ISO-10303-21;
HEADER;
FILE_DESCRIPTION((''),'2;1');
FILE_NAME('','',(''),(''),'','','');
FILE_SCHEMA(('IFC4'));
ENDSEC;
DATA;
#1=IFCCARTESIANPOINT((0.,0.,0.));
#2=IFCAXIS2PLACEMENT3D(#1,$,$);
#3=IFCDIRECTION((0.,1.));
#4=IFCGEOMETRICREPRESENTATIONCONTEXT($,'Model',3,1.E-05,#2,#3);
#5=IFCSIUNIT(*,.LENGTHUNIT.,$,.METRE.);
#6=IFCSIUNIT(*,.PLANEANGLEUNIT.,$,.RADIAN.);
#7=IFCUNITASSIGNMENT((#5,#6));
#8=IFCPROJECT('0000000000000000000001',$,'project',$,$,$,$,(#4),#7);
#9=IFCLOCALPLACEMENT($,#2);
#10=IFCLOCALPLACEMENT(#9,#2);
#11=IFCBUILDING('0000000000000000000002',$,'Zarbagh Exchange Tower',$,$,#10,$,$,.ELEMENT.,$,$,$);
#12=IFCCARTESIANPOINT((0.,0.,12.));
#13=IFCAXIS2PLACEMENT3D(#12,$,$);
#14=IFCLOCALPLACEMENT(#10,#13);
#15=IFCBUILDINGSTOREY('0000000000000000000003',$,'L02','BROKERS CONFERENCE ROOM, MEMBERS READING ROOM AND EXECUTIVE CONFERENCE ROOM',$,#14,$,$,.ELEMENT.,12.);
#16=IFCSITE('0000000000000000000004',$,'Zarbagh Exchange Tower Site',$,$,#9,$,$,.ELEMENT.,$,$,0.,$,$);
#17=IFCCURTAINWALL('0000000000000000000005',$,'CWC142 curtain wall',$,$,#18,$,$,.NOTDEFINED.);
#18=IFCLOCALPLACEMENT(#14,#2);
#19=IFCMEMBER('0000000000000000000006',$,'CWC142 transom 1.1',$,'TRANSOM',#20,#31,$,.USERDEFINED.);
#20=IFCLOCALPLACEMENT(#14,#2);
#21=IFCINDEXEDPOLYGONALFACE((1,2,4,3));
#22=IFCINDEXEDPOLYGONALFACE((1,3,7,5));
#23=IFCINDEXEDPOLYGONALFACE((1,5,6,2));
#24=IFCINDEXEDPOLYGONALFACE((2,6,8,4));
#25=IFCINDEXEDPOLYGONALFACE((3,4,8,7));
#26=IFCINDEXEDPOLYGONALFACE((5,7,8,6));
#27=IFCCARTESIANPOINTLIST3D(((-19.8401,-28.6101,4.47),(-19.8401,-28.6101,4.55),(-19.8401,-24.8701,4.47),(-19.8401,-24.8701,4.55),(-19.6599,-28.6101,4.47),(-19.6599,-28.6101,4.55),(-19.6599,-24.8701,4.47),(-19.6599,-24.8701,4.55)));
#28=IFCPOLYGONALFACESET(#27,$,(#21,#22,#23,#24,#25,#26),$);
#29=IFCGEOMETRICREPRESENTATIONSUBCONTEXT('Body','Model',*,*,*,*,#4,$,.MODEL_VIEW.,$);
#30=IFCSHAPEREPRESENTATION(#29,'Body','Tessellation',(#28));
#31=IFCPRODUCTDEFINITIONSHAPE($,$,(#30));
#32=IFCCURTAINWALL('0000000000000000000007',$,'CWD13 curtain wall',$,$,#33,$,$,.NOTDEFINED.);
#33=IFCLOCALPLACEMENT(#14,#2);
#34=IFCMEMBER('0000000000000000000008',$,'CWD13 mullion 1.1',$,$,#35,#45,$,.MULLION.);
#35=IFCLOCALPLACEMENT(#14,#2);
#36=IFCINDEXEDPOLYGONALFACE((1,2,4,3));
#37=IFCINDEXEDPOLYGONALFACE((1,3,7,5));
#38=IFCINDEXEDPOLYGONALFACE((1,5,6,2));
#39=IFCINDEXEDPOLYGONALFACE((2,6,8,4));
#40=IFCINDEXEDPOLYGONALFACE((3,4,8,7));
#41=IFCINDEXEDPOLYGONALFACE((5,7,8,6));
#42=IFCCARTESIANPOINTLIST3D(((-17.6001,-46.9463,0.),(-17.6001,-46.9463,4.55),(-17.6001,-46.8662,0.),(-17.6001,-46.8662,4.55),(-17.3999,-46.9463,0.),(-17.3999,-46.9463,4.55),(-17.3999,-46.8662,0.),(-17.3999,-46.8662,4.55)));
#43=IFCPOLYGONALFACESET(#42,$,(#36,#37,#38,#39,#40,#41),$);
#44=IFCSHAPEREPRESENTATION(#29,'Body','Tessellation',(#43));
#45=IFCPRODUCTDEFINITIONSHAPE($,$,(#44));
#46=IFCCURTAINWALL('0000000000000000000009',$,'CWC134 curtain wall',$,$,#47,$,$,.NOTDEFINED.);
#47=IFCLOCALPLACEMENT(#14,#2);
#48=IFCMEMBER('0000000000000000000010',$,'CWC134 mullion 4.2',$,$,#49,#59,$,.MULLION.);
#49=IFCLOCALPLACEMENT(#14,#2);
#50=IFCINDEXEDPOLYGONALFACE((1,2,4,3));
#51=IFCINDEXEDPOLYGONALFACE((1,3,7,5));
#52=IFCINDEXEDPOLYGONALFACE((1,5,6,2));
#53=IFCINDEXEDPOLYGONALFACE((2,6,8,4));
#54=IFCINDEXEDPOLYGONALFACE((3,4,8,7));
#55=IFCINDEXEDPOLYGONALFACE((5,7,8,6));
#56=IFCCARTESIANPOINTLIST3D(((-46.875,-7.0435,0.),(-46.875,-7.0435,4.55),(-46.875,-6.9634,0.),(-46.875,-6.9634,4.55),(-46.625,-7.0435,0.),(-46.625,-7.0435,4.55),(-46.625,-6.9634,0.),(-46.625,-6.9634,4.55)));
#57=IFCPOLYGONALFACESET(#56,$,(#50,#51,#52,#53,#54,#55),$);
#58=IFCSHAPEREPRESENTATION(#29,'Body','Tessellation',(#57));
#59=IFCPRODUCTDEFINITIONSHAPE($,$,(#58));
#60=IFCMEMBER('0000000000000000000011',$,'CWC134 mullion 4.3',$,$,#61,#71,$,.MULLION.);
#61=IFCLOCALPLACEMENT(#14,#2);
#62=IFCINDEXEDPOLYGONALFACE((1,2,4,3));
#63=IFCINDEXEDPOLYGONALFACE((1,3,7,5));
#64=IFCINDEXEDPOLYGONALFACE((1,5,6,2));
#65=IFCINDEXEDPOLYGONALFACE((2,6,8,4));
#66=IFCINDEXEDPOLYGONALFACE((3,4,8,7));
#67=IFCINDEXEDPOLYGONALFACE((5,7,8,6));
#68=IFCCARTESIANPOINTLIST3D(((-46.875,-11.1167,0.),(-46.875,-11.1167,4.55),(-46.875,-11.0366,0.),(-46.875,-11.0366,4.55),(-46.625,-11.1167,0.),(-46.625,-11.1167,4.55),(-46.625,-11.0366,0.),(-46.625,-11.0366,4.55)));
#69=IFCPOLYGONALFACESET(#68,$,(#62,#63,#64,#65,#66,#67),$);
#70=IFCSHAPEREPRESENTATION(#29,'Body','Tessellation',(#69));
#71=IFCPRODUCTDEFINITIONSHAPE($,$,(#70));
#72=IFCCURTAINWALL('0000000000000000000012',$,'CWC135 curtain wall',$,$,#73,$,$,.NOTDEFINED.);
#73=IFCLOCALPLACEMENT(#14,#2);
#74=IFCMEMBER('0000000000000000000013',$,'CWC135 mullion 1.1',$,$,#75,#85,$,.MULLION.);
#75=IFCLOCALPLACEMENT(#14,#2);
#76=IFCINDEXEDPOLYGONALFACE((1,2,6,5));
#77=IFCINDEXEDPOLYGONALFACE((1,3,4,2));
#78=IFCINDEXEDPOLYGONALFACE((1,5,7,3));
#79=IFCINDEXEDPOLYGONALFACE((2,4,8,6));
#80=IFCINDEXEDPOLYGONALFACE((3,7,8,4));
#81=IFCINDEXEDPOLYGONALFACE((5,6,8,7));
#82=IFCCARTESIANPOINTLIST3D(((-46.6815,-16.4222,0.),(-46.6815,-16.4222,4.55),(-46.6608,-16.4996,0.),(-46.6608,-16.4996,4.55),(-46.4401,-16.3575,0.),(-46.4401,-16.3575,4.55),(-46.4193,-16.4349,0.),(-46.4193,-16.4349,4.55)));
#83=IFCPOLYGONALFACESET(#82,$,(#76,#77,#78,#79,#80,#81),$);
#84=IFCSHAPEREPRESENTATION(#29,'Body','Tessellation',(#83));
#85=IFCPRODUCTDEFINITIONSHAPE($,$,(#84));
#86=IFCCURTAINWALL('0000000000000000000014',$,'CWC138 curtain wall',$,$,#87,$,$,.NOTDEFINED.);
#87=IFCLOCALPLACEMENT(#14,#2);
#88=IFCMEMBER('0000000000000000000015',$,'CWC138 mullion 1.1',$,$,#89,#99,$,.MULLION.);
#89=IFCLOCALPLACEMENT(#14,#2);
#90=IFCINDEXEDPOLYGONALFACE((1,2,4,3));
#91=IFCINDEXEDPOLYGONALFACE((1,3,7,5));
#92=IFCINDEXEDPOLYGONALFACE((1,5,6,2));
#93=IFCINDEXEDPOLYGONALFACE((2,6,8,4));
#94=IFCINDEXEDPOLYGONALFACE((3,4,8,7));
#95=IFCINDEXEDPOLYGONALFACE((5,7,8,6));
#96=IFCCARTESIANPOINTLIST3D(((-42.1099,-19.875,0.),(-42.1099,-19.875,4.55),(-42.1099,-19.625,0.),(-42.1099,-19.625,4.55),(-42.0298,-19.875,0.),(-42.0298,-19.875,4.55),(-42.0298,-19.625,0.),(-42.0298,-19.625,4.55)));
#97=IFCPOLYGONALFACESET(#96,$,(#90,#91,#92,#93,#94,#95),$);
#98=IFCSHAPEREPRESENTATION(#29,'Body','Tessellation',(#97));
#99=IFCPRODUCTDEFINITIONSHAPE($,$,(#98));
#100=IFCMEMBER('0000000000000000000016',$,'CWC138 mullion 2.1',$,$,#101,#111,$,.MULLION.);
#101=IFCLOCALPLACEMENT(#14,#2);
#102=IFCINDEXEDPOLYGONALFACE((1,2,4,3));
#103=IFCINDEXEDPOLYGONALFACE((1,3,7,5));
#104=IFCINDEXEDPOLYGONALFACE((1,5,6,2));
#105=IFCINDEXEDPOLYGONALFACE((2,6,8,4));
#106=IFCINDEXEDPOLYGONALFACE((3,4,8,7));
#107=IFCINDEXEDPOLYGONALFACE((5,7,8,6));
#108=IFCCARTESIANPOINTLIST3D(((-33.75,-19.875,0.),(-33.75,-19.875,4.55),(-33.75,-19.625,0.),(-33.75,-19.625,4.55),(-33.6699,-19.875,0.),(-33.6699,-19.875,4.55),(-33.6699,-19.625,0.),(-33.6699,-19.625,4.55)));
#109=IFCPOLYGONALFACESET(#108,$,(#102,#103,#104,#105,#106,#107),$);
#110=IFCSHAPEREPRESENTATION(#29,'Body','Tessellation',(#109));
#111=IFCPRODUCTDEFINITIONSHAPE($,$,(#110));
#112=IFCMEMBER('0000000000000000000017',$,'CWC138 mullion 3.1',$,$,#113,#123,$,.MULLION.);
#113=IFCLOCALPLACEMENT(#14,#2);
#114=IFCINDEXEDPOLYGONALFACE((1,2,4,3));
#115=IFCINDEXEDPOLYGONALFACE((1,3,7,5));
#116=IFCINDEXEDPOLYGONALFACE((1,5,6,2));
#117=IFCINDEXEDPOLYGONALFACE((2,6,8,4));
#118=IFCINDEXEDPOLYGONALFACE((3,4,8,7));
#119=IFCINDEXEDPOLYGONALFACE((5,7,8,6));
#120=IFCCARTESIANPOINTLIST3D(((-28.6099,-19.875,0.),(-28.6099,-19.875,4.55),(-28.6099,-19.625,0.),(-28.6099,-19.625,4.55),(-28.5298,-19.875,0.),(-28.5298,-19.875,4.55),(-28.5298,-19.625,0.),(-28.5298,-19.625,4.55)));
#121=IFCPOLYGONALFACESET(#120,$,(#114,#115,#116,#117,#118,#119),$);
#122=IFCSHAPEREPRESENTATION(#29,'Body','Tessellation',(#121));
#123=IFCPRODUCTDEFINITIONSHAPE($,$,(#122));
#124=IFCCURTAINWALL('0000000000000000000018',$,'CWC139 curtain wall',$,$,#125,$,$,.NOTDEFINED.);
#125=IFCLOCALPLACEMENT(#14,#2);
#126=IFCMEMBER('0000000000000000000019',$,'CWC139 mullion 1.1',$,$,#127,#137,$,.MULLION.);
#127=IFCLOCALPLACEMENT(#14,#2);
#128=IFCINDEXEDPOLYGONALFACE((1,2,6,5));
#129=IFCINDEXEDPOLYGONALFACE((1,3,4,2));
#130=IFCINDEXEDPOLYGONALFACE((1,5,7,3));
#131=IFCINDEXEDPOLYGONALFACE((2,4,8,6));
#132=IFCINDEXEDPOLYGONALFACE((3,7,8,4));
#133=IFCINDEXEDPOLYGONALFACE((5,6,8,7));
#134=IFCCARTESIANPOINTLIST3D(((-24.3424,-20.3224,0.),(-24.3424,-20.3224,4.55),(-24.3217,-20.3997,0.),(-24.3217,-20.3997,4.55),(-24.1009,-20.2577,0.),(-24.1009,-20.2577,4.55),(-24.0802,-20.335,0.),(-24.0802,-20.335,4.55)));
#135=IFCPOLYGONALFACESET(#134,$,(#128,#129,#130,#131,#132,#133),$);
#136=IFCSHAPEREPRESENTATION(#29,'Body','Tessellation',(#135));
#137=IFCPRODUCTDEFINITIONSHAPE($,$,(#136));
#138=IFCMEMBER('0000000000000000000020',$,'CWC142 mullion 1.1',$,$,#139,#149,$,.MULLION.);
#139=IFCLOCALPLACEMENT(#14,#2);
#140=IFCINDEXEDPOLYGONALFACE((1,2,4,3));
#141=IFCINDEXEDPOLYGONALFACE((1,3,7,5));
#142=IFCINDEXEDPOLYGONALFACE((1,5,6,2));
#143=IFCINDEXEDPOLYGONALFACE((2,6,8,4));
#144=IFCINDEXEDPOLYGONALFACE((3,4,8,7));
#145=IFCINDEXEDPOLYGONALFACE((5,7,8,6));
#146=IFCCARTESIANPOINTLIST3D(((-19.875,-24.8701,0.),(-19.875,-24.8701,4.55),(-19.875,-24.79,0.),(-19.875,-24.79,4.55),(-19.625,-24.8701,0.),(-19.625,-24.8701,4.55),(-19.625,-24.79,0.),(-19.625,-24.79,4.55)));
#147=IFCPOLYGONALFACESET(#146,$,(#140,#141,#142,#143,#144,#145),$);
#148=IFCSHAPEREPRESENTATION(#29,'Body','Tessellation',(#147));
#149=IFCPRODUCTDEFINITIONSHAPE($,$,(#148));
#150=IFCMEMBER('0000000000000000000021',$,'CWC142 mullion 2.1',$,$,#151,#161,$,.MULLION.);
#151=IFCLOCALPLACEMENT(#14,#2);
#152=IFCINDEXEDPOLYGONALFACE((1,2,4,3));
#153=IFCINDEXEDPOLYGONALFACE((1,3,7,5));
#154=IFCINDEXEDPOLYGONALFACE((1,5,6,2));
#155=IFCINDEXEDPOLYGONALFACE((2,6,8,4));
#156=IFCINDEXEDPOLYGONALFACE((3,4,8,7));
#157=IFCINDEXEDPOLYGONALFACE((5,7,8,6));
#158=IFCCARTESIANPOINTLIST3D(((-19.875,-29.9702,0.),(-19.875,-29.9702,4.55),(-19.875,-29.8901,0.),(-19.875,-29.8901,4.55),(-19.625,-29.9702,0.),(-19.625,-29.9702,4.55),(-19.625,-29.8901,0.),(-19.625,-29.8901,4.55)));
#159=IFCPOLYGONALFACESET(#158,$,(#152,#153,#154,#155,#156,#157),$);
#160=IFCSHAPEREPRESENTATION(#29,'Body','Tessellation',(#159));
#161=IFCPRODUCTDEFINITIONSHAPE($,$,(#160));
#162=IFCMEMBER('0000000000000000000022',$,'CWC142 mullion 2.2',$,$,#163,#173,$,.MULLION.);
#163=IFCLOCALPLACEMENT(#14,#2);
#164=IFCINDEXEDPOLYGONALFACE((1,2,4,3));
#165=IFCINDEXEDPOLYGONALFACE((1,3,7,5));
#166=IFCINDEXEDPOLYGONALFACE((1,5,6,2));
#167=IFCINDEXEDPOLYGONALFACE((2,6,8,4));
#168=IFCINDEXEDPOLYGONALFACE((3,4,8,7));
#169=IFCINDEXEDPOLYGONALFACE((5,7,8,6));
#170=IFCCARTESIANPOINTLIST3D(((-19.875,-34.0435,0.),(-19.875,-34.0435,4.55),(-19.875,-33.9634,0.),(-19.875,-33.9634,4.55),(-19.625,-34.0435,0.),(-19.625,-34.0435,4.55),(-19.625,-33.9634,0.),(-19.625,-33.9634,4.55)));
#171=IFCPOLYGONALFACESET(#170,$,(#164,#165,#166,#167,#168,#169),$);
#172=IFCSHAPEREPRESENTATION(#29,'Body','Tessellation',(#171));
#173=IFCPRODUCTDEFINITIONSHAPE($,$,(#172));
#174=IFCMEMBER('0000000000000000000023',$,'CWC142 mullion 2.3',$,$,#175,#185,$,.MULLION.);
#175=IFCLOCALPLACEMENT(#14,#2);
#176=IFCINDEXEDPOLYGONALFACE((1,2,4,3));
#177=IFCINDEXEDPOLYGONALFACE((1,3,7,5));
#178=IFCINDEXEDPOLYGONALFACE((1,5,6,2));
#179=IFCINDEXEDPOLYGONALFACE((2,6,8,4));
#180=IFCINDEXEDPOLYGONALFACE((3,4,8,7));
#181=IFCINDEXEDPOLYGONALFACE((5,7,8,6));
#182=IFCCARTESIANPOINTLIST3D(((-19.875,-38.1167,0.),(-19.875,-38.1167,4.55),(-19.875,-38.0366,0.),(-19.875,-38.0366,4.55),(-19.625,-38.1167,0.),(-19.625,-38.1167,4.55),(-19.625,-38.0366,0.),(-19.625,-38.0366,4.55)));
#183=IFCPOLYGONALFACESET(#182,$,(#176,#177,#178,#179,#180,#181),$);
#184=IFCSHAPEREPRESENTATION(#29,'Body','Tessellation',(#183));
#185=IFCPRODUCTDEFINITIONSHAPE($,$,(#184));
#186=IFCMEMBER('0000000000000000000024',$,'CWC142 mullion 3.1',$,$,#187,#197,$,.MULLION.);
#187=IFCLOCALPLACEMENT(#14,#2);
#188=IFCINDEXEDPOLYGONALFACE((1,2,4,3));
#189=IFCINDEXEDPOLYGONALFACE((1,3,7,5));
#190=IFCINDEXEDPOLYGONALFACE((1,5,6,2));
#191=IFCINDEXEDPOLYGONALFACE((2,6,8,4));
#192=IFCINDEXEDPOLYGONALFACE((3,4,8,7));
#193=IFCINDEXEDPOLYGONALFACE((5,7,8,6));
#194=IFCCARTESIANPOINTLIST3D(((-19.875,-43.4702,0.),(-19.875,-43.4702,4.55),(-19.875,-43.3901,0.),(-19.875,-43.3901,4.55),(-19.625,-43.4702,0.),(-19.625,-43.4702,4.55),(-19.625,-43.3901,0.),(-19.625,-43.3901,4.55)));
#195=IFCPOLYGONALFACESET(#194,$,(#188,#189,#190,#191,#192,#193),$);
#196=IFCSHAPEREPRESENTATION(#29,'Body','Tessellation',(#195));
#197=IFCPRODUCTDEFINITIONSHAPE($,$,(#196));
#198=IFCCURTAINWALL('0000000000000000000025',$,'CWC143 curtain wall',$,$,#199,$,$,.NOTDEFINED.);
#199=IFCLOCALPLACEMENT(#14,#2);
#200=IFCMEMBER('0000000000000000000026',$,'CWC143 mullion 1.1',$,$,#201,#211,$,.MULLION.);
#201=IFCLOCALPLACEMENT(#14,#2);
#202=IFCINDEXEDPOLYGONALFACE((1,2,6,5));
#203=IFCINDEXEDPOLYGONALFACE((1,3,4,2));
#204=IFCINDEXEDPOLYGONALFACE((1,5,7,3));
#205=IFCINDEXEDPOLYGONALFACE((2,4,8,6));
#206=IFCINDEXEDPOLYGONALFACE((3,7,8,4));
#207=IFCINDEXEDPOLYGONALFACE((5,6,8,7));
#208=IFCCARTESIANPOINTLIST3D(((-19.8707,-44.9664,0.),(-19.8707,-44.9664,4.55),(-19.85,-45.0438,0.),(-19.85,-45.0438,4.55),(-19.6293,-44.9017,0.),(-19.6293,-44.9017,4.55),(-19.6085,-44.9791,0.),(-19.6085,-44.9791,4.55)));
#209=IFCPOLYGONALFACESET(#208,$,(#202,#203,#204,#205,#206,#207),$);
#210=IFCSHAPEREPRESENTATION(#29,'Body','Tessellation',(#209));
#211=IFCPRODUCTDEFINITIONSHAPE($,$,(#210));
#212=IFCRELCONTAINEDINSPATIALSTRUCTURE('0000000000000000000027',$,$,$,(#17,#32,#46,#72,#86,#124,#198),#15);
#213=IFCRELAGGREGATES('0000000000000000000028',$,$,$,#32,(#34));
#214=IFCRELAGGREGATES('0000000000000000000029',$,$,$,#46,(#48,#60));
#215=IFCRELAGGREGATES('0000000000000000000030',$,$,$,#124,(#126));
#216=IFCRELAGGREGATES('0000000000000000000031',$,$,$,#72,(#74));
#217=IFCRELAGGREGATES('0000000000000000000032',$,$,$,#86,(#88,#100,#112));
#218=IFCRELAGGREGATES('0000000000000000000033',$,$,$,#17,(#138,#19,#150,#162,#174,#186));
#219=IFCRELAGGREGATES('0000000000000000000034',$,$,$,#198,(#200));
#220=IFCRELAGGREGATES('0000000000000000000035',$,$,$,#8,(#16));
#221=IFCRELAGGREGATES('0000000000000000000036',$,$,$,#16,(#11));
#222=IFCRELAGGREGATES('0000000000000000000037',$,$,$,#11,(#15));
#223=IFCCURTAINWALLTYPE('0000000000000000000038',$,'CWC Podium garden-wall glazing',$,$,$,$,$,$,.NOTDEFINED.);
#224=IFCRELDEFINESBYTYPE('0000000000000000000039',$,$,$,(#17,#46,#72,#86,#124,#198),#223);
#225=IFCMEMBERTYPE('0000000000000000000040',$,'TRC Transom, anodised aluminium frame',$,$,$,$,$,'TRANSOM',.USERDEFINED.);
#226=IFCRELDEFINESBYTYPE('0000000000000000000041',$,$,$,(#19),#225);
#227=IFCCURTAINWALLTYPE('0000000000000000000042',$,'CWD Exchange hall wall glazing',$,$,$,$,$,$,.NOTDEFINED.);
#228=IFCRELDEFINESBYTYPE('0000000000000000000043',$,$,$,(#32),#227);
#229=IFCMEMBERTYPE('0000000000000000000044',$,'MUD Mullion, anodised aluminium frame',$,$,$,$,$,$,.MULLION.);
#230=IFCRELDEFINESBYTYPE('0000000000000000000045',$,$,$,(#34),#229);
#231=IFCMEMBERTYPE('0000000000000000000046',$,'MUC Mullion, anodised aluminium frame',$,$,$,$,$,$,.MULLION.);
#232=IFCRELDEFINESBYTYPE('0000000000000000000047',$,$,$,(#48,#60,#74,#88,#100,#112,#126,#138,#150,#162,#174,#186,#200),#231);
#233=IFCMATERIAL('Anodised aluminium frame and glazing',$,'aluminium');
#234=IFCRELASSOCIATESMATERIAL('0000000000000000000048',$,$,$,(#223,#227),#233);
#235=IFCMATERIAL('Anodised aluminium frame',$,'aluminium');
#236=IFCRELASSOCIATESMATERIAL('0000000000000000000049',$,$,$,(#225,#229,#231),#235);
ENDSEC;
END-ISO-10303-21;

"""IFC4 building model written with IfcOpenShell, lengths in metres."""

from ifc_helpers import new_model, si_unit, direction, frame, origin, place, context, subcontext, project, spatial, polyline, outline, extrude, source, transform, mapped, material, type_object, element, aggregate, save


model = new_model("IFC4")

# Units and contexts
model_context = context("Model", 3, precision=1e-05, world=origin(), true_north=direction((0.0, 1.0)))
body_context = subcontext(model_context, "Body", "Model", "MODEL_VIEW")
ifc_project = project(units=[si_unit("LENGTHUNIT", "METRE"), si_unit("PLANEANGLEUNIT", "RADIAN")], contexts=[model_context])

# Site, building, storey
site_placement = place(None, origin())
site = spatial("IfcSite", under=ifc_project, at=site_placement, Name="Zarbagh Exchange Tower Site", CompositionType="ELEMENT", RefElevation=0.0)
building_placement = place(site_placement, origin())
building = spatial("IfcBuilding", under=site, at=building_placement, Name="Zarbagh Exchange Tower", CompositionType="ELEMENT")
storey_placement = place(building_placement, frame((0.0, 0.0, 12.0)))
storey = spatial("IfcBuildingStorey", under=building, at=storey_placement, Name="L02", Description="BROKERS CONFERENCE ROOM, MEMBERS READING ROOM AND EXECUTIVE CONFERENCE ROOM", CompositionType="ELEMENT", Elevation=12.0)

# Curtain walls, members
ifc_material_1 = material(Name="Anodised aluminium frame and glazing", Category="aluminium")
curtain_wall_type_1 = type_object("IfcCurtainWallType", Name="CWC Podium garden-wall glazing", PredefinedType="NOTDEFINED", material=ifc_material_1)
curtain_wall_1_placement = place(storey_placement, origin())
curtain_wall_1 = element("IfcCurtainWall", 1, at=curtain_wall_1_placement, inside=storey, type_object=curtain_wall_type_1, Name="CWC142 curtain wall", PredefinedType="NOTDEFINED")
ifc_material_2 = material(Name="Anodised aluminium frame", Category="aluminium")
member_type_1 = type_object("IfcMemberType", Name="TRC Transom, anodised aluminium frame", ElementType="TRANSOM", PredefinedType="USERDEFINED", material=ifc_material_2)
shared_shape_1 = source(origin(), body_context, "Body", "SweptSolid", [
    extrude(outline(polyline([(-0.0801, -0.0901), (0.0, -0.0901), (0.0, 0.0901), (-0.0801, 0.0901), (-0.0801, -0.0901)])), origin(), (0.0, 0.0, 1.0), 3.74),
])
placement = place(storey_placement, origin())
member_1 = element("IfcMember", 2, at=placement, type_object=member_type_1, Name="CWC142 transom 1.1", ObjectType="TRANSOM", PredefinedType="USERDEFINED", context=body_context, shape_type="MappedRepresentation", body=[
    mapped(shared_shape_1, transform((-19.75, -24.8701, 4.55), x_axis=(0.0, 0.0, 1.0), y_axis=(-1.0, 0.0, 0.0), z_axis=(0.0, -1.0, 0.0))),
])
curtain_wall_type_2 = type_object("IfcCurtainWallType", Name="CWD Exchange hall wall glazing", PredefinedType="NOTDEFINED", material=ifc_material_1)
curtain_wall_2_placement = place(storey_placement, origin())
curtain_wall_2 = element("IfcCurtainWall", 3, at=curtain_wall_2_placement, inside=storey, type_object=curtain_wall_type_2, Name="CWD13 curtain wall", PredefinedType="NOTDEFINED")
member_type_2 = type_object("IfcMemberType", Name="MUD Mullion, anodised aluminium frame", PredefinedType="MULLION", material=ifc_material_2)
shared_shape_2 = source(origin(), body_context, "Body", "SweptSolid", [
    extrude(outline(polyline([(0.0, -0.1001), (0.0801, -0.1001), (0.0801, 0.1001), (0.0, 0.1001), (0.0, -0.1001)])), origin(), (0.0, 0.0, 1.0), 4.55),
])
member_2 = element("IfcMember", 4, at=placement, type_object=member_type_2, Name="CWD13 mullion 1.1", PredefinedType="MULLION", context=body_context, shape_type="MappedRepresentation", body=[
    mapped(shared_shape_2, transform((-17.5, -46.8662, 0.0), x_axis=(0.0, -1.0, 0.0), y_axis=(1.0, 0.0, 0.0), z_axis=(0.0, 0.0, 1.0))),
])
aggregate(curtain_wall_2, [member_2])

# Curtain wall, members
curtain_wall_3_placement = place(storey_placement, origin())
curtain_wall_3 = element("IfcCurtainWall", 5, at=curtain_wall_3_placement, inside=storey, type_object=curtain_wall_type_1, Name="CWC134 curtain wall", PredefinedType="NOTDEFINED")
member_type_3 = type_object("IfcMemberType", Name="MUC Mullion, anodised aluminium frame", PredefinedType="MULLION", material=ifc_material_2)
shared_shape_3 = source(origin(), body_context, "Body", "SweptSolid", [
    extrude(outline(polyline([(0.0, -0.125), (0.0801, -0.125), (0.0801, 0.125), (0.0, 0.125), (0.0, -0.125)])), origin(), (0.0, 0.0, 1.0), 4.55),
])
member_3 = element("IfcMember", 6, at=placement, type_object=member_type_3, Name="CWC134 mullion 4.2", PredefinedType="MULLION", context=body_context, shape_type="MappedRepresentation", body=[
    mapped(shared_shape_3, transform((-46.75, -6.9634, 0.0), x_axis=(0.0, -1.0, 0.0), y_axis=(1.0, 0.0, 0.0), z_axis=(0.0, 0.0, 1.0))),
])
member_4 = element("IfcMember", 7, at=placement, type_object=member_type_3, Name="CWC134 mullion 4.3", PredefinedType="MULLION", context=body_context, shape_type="MappedRepresentation", body=[
    mapped(shared_shape_3, transform((-46.75, -11.0366, 0.0), x_axis=(0.0, -1.0, 0.0), y_axis=(1.0, 0.0, 0.0), z_axis=(0.0, 0.0, 1.0))),
])

# Curtain wall, member
curtain_wall_4_placement = place(storey_placement, origin())
curtain_wall_4 = element("IfcCurtainWall", 8, at=curtain_wall_4_placement, inside=storey, type_object=curtain_wall_type_1, Name="CWC135 curtain wall", PredefinedType="NOTDEFINED")
member_5 = element("IfcMember", 9, at=placement, type_object=member_type_3, Name="CWC135 mullion 1.1", PredefinedType="MULLION", context=body_context, shape_type="MappedRepresentation", body=[
    mapped(shared_shape_3, transform((-46.5608, -16.3899, 0.0), x_axis=(0.258825, -0.965924, 0.0), y_axis=(0.965924, 0.258825, 0.0), z_axis=(0.0, 0.0, 1.0))),
])

# Curtain wall, members
curtain_wall_5_placement = place(storey_placement, origin())
curtain_wall_5 = element("IfcCurtainWall", 10, at=curtain_wall_5_placement, inside=storey, type_object=curtain_wall_type_1, Name="CWC138 curtain wall", PredefinedType="NOTDEFINED")
member_6 = element("IfcMember", 11, at=placement, type_object=member_type_3, Name="CWC138 mullion 1.1", PredefinedType="MULLION", context=body_context, shape_type="MappedRepresentation", body=[
    mapped(shared_shape_3, transform((-42.1099, -19.75, 0.0), x_axis=(1.0, 0.0, 0.0), y_axis=(0.0, 1.0, 0.0), z_axis=(0.0, 0.0, 1.0))),
])
member_7 = element("IfcMember", 12, at=placement, type_object=member_type_3, Name="CWC138 mullion 2.1", PredefinedType="MULLION", context=body_context, shape_type="MappedRepresentation", body=[
    mapped(shared_shape_3, transform((-33.75, -19.75, 0.0), x_axis=(1.0, 0.0, 0.0), y_axis=(0.0, 1.0, 0.0), z_axis=(0.0, 0.0, 1.0))),
])
member_8 = element("IfcMember", 13, at=placement, type_object=member_type_3, Name="CWC138 mullion 3.1", PredefinedType="MULLION", context=body_context, shape_type="MappedRepresentation", body=[
    mapped(shared_shape_3, transform((-28.6099, -19.75, 0.0), x_axis=(1.0, 0.0, 0.0), y_axis=(0.0, 1.0, 0.0), z_axis=(0.0, 0.0, 1.0))),
])

# Curtain wall, member
curtain_wall_6_placement = place(storey_placement, origin())
curtain_wall_6 = element("IfcCurtainWall", 14, at=curtain_wall_6_placement, inside=storey, type_object=curtain_wall_type_1, Name="CWC139 curtain wall", PredefinedType="NOTDEFINED")
member_9 = element("IfcMember", 15, at=placement, type_object=member_type_3, Name="CWC139 mullion 1.1", PredefinedType="MULLION", context=body_context, shape_type="MappedRepresentation", body=[
    mapped(shared_shape_3, transform((-24.2217, -20.29, 0.0), x_axis=(0.258825, -0.965924, 0.0), y_axis=(0.965924, 0.258825, 0.0), z_axis=(0.0, 0.0, 1.0))),
])

# Members
member_10 = element("IfcMember", 16, at=placement, type_object=member_type_3, Name="CWC142 mullion 1.1", PredefinedType="MULLION", context=body_context, shape_type="MappedRepresentation", body=[
    mapped(shared_shape_3, transform((-19.75, -24.79, 0.0), x_axis=(0.0, -1.0, 0.0), y_axis=(1.0, 0.0, 0.0), z_axis=(0.0, 0.0, 1.0))),
])
member_11 = element("IfcMember", 17, at=placement, type_object=member_type_3, Name="CWC142 mullion 2.1", PredefinedType="MULLION", context=body_context, shape_type="MappedRepresentation", body=[
    mapped(shared_shape_3, transform((-19.75, -29.8901, 0.0), x_axis=(0.0, -1.0, 0.0), y_axis=(1.0, 0.0, 0.0), z_axis=(0.0, 0.0, 1.0))),
])
member_12 = element("IfcMember", 18, at=placement, type_object=member_type_3, Name="CWC142 mullion 2.2", PredefinedType="MULLION", context=body_context, shape_type="MappedRepresentation", body=[
    mapped(shared_shape_3, transform((-19.75, -33.9634, 0.0), x_axis=(0.0, -1.0, 0.0), y_axis=(1.0, 0.0, 0.0), z_axis=(0.0, 0.0, 1.0))),
])
member_13 = element("IfcMember", 19, at=placement, type_object=member_type_3, Name="CWC142 mullion 2.3", PredefinedType="MULLION", context=body_context, shape_type="MappedRepresentation", body=[
    mapped(shared_shape_3, transform((-19.75, -38.0366, 0.0), x_axis=(0.0, -1.0, 0.0), y_axis=(1.0, 0.0, 0.0), z_axis=(0.0, 0.0, 1.0))),
])
member_14 = element("IfcMember", 20, at=placement, type_object=member_type_3, Name="CWC142 mullion 3.1", PredefinedType="MULLION", context=body_context, shape_type="MappedRepresentation", body=[
    mapped(shared_shape_3, transform((-19.75, -43.3901, 0.0), x_axis=(0.0, -1.0, 0.0), y_axis=(1.0, 0.0, 0.0), z_axis=(0.0, 0.0, 1.0))),
])

# Curtain wall, member
curtain_wall_7_placement = place(storey_placement, origin())
curtain_wall_7 = element("IfcCurtainWall", 21, at=curtain_wall_7_placement, inside=storey, type_object=curtain_wall_type_1, Name="CWC143 curtain wall", PredefinedType="NOTDEFINED")
member_15 = element("IfcMember", 22, at=placement, type_object=member_type_3, Name="CWC143 mullion 1.1", PredefinedType="MULLION", context=body_context, shape_type="MappedRepresentation", body=[
    mapped(shared_shape_3, transform((-19.75, -44.9341, 0.0), x_axis=(0.258785, -0.965935, 0.0), y_axis=(0.965935, 0.258785, 0.0), z_axis=(0.0, 0.0, 1.0))),
])

aggregate(curtain_wall_3, [member_3, member_4])
aggregate(curtain_wall_6, [member_9])

aggregate(curtain_wall_4, [member_5])
aggregate(curtain_wall_5, [member_6, member_7, member_8])

aggregate(curtain_wall_1, [member_10, member_1, member_11, member_12, member_13, member_14])
aggregate(curtain_wall_7, [member_15])

save(model, "model.ifc")
